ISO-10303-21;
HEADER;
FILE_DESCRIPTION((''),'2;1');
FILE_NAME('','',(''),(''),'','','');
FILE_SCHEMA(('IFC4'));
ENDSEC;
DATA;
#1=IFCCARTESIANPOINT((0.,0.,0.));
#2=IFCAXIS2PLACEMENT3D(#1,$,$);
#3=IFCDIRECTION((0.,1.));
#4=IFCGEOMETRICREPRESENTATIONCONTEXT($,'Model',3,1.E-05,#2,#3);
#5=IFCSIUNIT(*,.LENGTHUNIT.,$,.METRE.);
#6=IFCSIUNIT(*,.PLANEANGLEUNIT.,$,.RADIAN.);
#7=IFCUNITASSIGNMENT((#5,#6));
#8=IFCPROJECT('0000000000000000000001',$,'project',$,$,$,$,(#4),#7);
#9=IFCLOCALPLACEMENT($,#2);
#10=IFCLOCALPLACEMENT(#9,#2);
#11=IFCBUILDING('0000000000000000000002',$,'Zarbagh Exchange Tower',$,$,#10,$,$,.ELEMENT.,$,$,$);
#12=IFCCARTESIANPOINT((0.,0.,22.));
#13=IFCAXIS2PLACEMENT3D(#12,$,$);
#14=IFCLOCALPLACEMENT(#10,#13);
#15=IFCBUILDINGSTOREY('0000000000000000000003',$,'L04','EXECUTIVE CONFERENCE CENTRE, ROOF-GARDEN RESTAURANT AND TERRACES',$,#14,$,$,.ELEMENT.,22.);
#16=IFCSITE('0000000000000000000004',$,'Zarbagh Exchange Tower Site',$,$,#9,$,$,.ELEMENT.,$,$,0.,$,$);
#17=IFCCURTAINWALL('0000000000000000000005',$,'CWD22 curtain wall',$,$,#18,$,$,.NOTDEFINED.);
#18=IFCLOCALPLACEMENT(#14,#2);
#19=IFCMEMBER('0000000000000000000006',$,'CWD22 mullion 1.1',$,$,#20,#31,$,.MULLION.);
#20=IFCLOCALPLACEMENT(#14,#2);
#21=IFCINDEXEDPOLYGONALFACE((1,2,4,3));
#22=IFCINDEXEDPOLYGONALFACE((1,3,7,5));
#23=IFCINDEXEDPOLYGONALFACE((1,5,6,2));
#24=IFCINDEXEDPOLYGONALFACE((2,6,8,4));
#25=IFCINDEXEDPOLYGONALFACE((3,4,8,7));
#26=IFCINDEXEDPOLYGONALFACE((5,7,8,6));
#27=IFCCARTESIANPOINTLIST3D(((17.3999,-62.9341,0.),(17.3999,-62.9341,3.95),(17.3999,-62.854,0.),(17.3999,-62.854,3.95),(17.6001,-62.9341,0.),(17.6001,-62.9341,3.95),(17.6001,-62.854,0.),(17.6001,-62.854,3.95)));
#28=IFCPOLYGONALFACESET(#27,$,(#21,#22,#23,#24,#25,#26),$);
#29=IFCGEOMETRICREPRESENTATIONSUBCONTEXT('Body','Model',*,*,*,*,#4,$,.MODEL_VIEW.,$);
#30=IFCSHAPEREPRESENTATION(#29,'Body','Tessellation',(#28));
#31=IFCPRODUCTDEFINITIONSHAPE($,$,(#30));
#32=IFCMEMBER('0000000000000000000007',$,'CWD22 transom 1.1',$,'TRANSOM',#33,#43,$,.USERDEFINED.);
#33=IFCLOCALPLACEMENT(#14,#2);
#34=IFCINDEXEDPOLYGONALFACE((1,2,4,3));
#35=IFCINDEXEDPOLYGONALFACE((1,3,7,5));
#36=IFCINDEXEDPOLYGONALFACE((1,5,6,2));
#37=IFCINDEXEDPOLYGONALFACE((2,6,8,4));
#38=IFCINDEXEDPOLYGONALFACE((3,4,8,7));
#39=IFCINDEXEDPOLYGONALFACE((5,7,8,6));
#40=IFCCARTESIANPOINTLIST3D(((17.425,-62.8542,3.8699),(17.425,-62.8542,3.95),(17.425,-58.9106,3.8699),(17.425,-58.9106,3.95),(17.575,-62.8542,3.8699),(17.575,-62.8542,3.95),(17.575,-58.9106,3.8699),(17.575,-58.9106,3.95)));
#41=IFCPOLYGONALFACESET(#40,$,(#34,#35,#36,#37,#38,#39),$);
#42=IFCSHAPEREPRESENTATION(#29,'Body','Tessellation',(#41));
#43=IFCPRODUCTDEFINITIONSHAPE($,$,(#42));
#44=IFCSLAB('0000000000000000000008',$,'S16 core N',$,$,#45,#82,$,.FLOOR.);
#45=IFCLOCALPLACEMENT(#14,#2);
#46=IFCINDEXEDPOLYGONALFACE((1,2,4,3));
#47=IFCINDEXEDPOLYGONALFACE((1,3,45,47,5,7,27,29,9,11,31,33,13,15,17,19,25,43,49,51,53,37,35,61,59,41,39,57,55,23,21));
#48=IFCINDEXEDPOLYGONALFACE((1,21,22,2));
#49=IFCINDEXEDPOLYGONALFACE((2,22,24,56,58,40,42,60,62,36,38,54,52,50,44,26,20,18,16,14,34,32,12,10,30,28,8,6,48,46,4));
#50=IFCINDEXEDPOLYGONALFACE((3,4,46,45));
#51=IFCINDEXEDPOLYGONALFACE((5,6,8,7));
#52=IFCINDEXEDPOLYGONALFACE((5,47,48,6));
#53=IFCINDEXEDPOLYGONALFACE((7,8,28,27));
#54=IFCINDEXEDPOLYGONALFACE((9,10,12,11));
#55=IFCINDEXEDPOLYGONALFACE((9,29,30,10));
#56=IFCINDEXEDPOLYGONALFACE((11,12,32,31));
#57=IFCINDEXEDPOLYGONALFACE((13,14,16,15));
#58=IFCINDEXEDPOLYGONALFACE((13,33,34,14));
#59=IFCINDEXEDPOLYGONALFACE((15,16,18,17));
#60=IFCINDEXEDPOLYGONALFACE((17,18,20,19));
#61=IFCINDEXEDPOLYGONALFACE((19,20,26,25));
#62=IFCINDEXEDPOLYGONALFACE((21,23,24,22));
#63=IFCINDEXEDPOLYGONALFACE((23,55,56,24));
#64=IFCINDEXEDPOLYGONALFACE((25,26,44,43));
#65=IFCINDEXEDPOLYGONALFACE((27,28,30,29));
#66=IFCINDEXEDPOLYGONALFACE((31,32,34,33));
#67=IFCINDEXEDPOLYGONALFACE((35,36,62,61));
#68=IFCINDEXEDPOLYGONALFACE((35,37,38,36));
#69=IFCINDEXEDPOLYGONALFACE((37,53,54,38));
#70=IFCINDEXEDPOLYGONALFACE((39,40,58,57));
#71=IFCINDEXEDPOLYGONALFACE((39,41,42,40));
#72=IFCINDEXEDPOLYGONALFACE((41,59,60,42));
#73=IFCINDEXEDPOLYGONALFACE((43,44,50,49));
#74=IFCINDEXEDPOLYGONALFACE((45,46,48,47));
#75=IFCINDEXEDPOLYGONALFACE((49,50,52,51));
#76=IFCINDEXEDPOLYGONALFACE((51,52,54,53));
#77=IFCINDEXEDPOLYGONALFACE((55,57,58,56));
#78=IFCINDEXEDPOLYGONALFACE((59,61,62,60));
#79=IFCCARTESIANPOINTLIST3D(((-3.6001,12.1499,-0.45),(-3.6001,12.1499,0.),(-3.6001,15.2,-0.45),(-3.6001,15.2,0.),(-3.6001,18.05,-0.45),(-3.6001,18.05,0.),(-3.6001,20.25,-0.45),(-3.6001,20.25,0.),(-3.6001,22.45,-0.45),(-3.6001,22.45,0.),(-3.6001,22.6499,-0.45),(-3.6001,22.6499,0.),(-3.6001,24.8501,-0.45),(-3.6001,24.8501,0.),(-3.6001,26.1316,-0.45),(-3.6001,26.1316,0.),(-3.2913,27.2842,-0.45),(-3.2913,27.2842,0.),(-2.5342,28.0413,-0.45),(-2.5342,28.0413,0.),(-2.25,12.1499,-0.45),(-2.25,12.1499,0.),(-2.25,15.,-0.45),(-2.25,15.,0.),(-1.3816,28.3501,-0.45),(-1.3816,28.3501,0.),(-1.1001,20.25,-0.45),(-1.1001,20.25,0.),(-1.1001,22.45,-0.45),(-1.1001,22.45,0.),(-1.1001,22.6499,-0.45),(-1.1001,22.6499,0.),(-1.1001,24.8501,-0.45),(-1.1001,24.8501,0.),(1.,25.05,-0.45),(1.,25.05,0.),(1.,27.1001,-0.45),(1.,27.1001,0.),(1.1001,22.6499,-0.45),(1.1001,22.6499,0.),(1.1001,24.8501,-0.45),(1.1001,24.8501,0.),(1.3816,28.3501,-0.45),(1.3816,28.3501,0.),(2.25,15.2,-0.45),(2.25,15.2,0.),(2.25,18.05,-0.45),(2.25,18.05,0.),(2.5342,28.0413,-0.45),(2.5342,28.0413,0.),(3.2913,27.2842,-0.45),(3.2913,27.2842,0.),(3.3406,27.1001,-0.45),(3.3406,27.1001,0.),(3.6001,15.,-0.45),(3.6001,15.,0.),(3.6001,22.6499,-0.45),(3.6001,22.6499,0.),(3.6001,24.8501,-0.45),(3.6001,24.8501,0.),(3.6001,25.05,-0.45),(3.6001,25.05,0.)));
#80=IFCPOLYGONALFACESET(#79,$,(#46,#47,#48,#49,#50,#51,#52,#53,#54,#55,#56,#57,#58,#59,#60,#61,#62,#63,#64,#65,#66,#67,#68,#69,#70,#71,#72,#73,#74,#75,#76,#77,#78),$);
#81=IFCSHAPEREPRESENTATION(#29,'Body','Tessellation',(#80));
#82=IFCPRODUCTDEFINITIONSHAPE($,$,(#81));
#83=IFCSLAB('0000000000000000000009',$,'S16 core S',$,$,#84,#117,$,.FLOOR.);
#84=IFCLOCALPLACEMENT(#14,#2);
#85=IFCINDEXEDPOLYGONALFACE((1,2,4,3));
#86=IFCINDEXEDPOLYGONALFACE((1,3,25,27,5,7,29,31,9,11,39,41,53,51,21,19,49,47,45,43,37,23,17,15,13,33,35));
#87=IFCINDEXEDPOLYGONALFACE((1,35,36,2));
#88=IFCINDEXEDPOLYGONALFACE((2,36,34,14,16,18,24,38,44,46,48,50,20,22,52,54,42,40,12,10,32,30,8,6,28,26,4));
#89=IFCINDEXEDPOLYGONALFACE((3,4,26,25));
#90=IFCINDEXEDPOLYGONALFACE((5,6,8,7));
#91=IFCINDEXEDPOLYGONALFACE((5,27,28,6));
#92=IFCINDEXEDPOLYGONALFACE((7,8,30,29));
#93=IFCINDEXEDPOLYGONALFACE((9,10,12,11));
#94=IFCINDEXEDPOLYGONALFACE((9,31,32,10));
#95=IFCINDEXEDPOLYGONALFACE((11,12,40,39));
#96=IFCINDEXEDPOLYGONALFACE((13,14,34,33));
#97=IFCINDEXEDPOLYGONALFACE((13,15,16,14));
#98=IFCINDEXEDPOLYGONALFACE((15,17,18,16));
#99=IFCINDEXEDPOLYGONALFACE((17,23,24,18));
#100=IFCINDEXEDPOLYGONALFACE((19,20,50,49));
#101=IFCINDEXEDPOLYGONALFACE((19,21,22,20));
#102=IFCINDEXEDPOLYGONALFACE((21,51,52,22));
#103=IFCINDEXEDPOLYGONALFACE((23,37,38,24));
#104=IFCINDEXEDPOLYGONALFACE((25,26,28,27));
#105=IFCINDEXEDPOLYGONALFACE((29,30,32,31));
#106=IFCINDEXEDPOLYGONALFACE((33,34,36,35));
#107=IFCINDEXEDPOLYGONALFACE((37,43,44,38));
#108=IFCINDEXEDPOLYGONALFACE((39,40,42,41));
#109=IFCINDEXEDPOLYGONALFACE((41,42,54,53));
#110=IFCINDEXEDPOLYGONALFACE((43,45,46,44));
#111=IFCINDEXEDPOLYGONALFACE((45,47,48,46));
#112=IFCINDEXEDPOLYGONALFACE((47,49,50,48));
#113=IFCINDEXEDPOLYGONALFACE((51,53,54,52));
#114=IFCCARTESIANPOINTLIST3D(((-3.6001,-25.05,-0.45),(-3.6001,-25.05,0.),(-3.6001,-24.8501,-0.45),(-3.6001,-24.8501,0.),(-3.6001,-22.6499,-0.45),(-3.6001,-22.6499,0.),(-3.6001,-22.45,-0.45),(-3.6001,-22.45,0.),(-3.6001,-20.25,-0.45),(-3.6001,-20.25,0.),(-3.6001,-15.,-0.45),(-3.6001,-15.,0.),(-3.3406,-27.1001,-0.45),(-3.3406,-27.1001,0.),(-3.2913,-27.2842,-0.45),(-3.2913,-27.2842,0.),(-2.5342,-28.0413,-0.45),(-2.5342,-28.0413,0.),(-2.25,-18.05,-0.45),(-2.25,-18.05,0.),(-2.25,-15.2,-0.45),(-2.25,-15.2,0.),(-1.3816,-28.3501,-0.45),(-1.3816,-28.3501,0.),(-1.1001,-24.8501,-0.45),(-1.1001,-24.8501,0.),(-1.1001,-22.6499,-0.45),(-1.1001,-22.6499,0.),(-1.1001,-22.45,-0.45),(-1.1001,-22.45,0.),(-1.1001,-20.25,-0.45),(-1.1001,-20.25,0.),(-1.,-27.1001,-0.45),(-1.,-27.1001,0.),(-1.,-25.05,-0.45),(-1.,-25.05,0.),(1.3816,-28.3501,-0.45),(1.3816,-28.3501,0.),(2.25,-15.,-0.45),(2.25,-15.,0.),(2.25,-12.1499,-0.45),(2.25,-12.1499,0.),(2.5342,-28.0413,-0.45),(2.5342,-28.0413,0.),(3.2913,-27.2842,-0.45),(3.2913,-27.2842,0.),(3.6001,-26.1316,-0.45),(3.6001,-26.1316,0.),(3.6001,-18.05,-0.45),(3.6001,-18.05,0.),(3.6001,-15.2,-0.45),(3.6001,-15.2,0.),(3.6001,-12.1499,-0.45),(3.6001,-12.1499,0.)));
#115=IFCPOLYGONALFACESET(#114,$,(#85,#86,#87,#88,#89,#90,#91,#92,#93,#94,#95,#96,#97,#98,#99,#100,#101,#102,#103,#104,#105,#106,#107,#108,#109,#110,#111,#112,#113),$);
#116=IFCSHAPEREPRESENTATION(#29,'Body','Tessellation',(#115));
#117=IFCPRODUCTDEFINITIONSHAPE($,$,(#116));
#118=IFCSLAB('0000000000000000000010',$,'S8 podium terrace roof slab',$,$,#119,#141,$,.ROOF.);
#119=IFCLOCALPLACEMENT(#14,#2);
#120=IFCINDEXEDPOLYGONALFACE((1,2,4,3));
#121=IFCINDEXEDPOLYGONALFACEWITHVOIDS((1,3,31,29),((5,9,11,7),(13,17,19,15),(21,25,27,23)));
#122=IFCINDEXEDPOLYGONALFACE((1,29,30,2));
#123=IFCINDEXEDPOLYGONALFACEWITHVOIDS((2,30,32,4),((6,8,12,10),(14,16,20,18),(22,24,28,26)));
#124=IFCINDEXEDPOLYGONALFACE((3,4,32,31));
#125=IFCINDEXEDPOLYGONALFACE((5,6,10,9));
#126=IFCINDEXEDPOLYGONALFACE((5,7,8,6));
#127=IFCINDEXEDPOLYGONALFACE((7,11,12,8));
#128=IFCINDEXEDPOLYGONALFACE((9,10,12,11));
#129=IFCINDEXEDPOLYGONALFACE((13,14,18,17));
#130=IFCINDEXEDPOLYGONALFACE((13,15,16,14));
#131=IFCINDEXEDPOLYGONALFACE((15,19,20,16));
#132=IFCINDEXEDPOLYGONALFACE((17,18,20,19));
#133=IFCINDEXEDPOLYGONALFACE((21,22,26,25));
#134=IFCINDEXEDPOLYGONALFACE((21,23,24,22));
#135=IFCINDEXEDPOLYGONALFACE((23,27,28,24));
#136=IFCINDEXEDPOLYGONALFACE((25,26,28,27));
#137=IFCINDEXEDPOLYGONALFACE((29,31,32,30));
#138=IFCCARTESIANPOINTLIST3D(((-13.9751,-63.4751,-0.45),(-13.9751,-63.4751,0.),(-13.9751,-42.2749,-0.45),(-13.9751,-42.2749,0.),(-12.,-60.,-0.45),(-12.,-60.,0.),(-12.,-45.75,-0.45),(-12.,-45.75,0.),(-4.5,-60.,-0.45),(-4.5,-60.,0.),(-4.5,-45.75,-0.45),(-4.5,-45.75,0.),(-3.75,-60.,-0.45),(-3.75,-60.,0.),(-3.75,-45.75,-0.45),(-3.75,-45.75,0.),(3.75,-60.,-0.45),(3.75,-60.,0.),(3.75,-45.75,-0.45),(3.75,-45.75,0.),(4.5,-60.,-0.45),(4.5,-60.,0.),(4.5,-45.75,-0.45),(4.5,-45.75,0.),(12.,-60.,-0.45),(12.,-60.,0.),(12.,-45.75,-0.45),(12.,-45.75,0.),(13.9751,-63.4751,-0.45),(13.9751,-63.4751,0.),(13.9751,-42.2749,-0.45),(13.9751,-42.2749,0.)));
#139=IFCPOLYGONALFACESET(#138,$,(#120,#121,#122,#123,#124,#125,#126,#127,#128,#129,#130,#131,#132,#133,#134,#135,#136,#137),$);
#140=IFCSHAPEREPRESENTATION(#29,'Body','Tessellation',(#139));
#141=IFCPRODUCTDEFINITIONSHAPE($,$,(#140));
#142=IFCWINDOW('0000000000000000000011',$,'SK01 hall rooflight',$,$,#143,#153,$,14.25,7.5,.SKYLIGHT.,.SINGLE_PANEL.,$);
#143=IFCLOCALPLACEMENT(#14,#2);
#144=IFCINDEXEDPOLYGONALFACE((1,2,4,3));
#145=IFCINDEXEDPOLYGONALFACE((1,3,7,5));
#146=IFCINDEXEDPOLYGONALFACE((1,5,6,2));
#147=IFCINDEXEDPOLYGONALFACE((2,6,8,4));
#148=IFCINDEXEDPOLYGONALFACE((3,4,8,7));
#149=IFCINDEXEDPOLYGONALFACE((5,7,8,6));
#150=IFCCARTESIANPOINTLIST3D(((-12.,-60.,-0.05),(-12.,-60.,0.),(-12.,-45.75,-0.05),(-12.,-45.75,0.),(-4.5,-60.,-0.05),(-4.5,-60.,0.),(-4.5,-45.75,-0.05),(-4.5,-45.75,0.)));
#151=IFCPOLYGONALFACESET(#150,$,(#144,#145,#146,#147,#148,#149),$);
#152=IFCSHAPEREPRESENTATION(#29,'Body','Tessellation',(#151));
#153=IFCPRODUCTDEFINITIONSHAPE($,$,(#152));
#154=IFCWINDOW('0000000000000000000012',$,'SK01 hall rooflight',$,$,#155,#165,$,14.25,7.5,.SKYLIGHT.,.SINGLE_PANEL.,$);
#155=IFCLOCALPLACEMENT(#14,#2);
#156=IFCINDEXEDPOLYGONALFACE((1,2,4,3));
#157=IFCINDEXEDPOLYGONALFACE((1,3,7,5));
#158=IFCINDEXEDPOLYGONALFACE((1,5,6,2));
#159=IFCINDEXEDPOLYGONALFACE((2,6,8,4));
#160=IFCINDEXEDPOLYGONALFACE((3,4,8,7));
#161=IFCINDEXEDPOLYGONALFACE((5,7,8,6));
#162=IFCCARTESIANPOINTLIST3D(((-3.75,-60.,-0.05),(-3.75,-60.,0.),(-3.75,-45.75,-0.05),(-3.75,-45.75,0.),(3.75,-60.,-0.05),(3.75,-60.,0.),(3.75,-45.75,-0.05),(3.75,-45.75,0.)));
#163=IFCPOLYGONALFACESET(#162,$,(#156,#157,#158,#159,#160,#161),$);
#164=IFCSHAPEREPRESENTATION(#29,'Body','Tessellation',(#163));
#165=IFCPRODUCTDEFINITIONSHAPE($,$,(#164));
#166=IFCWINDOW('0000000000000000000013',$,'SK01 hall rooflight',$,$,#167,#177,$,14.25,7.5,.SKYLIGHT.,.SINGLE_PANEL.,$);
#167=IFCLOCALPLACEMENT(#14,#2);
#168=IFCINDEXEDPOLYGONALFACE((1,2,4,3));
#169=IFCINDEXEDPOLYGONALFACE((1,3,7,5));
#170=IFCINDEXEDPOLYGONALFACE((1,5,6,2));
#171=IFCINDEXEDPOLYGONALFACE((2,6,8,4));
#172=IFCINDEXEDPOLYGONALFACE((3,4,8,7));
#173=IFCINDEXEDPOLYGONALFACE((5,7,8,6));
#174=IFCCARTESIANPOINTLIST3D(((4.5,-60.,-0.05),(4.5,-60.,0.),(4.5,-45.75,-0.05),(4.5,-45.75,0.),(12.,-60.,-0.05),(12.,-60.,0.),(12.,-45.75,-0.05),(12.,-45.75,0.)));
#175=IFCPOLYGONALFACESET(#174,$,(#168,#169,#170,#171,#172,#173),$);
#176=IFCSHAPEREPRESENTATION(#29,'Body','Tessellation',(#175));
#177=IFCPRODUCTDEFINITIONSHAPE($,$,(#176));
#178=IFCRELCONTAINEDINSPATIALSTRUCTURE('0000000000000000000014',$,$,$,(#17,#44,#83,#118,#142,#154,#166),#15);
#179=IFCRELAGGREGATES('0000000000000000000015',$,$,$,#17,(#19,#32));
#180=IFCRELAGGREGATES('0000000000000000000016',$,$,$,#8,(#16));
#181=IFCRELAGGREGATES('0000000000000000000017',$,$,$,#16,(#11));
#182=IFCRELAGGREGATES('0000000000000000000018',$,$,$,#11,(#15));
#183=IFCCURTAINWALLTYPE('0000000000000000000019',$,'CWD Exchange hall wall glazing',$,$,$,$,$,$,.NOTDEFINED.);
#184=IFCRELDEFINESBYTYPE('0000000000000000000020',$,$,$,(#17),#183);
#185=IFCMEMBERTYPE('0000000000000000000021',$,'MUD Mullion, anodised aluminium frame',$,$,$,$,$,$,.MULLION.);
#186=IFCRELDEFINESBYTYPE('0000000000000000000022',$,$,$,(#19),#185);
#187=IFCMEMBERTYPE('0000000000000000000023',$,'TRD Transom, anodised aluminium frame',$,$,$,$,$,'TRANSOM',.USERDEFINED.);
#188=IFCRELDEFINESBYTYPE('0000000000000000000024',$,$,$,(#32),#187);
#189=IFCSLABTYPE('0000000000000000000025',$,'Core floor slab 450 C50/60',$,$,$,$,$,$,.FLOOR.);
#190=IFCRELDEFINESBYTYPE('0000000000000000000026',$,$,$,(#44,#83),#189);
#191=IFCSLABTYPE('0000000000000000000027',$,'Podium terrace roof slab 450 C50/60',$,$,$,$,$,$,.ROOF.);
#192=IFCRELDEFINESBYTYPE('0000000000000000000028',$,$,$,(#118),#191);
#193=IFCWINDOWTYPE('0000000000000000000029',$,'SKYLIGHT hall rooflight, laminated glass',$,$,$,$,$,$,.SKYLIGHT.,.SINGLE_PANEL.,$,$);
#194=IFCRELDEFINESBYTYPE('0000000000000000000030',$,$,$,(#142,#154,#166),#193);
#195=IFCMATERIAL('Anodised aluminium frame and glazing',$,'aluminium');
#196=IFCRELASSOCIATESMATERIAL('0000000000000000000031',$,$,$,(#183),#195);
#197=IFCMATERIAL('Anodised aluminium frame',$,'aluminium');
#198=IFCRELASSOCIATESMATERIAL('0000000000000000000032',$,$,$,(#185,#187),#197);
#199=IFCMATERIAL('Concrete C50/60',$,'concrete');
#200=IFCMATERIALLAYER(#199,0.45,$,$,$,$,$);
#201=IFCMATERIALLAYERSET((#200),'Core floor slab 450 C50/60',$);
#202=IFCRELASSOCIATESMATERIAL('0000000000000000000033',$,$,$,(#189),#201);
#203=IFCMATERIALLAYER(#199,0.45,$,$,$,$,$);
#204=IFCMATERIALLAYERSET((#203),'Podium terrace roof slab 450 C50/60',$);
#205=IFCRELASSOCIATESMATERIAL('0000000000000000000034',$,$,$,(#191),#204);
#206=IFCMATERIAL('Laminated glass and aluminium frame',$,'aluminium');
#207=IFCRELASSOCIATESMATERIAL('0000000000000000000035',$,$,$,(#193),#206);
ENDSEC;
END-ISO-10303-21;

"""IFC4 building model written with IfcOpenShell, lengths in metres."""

from ifc_helpers import new_model, si_unit, direction, frame, origin, origin_2d, place, context, subcontext, project, spatial, polyline, rectangle, outline, extrude, source, transform, mapped, material, layer, layer_set, type_object, element, fill, aggregate, save


model = new_model("IFC4")

# Units and contexts
model_context = context("Model", 3, precision=1e-05, world=origin(), true_north=direction((0.0, 1.0)))
body_context = subcontext(model_context, "Body", "Model", "MODEL_VIEW")
ifc_project = project(units=[si_unit("LENGTHUNIT", "METRE"), si_unit("PLANEANGLEUNIT", "RADIAN")], contexts=[model_context])

# Site, building, storey
site_placement = place(None, origin())
site = spatial("IfcSite", under=ifc_project, at=site_placement, Name="Zarbagh Exchange Tower Site", CompositionType="ELEMENT", RefElevation=0.0)
building_placement = place(site_placement, origin())
building = spatial("IfcBuilding", under=site, at=building_placement, Name="Zarbagh Exchange Tower", CompositionType="ELEMENT")
storey_placement = place(building_placement, frame((0.0, 0.0, 22.0)))
storey = spatial("IfcBuildingStorey", under=building, at=storey_placement, Name="L04", Description="EXECUTIVE CONFERENCE CENTRE, ROOF-GARDEN RESTAURANT AND TERRACES", CompositionType="ELEMENT", Elevation=22.0)

# Curtain wall, members
ifc_material_1 = material(Name="Anodised aluminium frame and glazing", Category="aluminium")
curtain_wall_type = type_object("IfcCurtainWallType", Name="CWD Exchange hall wall glazing", PredefinedType="NOTDEFINED", material=ifc_material_1)
curtain_wall_placement = place(storey_placement, origin())
curtain_wall = element("IfcCurtainWall", 1, at=curtain_wall_placement, inside=storey, type_object=curtain_wall_type, Name="CWD22 curtain wall", PredefinedType="NOTDEFINED")
ifc_material_2 = material(Name="Anodised aluminium frame", Category="aluminium")
member_type_1 = type_object("IfcMemberType", Name="MUD Mullion, anodised aluminium frame", PredefinedType="MULLION", material=ifc_material_2)
shared_shape_1 = source(origin(), body_context, "Body", "SweptSolid", [
    extrude(outline(polyline([(0.0, -0.1001), (0.0801, -0.1001), (0.0801, 0.1001), (0.0, 0.1001), (0.0, -0.1001)])), origin(), (0.0, 0.0, 1.0), 3.95),
])
placement = place(storey_placement, origin())
member_1 = element("IfcMember", 2, at=placement, type_object=member_type_1, Name="CWD22 mullion 1.1", PredefinedType="MULLION", context=body_context, shape_type="MappedRepresentation", body=[
    mapped(shared_shape_1, transform((17.5, -62.9341, 0.0), x_axis=(0.0, 1.0, 0.0), y_axis=(-1.0, 0.0, 0.0), z_axis=(0.0, 0.0, 1.0))),
])
member_type_2 = type_object("IfcMemberType", Name="TRD Transom, anodised aluminium frame", ElementType="TRANSOM", PredefinedType="USERDEFINED", material=ifc_material_2)
shared_shape_2 = source(origin(), body_context, "Body", "SweptSolid", [
    extrude(outline(polyline([(-0.0801, -0.075), (0.0, -0.075), (0.0, 0.075), (-0.0801, 0.075), (-0.0801, -0.075)])), origin(), (0.0, 0.0, 1.0), 3.9436),
])
member_2 = element("IfcMember", 3, at=placement, type_object=member_type_2, Name="CWD22 transom 1.1", ObjectType="TRANSOM", PredefinedType="USERDEFINED", context=body_context, shape_type="MappedRepresentation", body=[
    mapped(shared_shape_2, transform((17.5, -62.8542, 3.95), x_axis=(0.0, 0.0, 1.0), y_axis=(1.0, 0.0, 0.0), z_axis=(0.0, 1.0, 0.0))),
])
aggregate(curtain_wall, [member_1, member_2])

# Slabs
ifc_material_3 = material(Name="Concrete C50/60", Category="concrete")
ifc_layer_1 = layer(ifc_material_3, 0.45)
ifc_layer_set_1 = layer_set([ifc_layer_1], Name="Core floor slab 450 C50/60")
slab_type_1 = type_object("IfcSlabType", Name="Core floor slab 450 C50/60", PredefinedType="FLOOR", material=ifc_layer_set_1)
slab_1_placement = place(storey_placement, frame((0.0, 0.0, -0.45)))
element("IfcSlab", 4, at=slab_1_placement, inside=storey, type_object=slab_type_1, Name="S16 core N", PredefinedType="FLOOR", context=body_context, shape_type="SweptSolid", body=[
    extrude(outline(polyline([(-3.6001, 12.1499), (-3.6001, 15.2), (2.25, 15.2), (2.25, 18.05), (-3.6001, 18.05), (-3.6001, 20.25), (-1.1001, 20.25), (-1.1001, 22.45), (-3.6001, 22.45), (-3.6001, 22.6499), (-1.1001, 22.6499), (-1.1001, 24.8501), (-3.6001, 24.8501), (-3.6001, 26.1316), (-3.2913, 27.2842), (-2.5342, 28.0413), (-1.3816, 28.3501), (1.3816, 28.3501), (2.5342, 28.0413), (3.2913, 27.2842), (3.3406, 27.1001), (1.0, 27.1001), (1.0, 25.05), (3.6001, 25.05), (3.6001, 24.8501), (1.1001, 24.8501), (1.1001, 22.6499), (3.6001, 22.6499), (3.6001, 15.0), (-2.25, 15.0), (-2.25, 12.1499), (-3.6001, 12.1499)])), origin(), (0.0, 0.0, 1.0), 0.45),
])
slab_2_placement = place(storey_placement, frame((0.0, 0.0, -0.45)))
element("IfcSlab", 5, at=slab_2_placement, inside=storey, type_object=slab_type_1, Name="S16 core S", PredefinedType="FLOOR", context=body_context, shape_type="SweptSolid", body=[
    extrude(outline(polyline([(-2.5342, -28.0413), (-3.2913, -27.2842), (-3.3406, -27.1001), (-1.0, -27.1001), (-1.0, -25.05), (-3.6001, -25.05), (-3.6001, -24.8501), (-1.1001, -24.8501), (-1.1001, -22.6499), (-3.6001, -22.6499), (-3.6001, -22.45), (-1.1001, -22.45), (-1.1001, -20.25), (-3.6001, -20.25), (-3.6001, -15.0), (2.25, -15.0), (2.25, -12.1499), (3.6001, -12.1499), (3.6001, -15.2), (-2.25, -15.2), (-2.25, -18.05), (3.6001, -18.05), (3.6001, -26.1316), (3.2913, -27.2842), (2.5342, -28.0413), (1.3816, -28.3501), (-1.3816, -28.3501), (-2.5342, -28.0413)])), origin(), (0.0, 0.0, 1.0), 0.45),
])

# Slab, openings, windows
ifc_layer_2 = layer(ifc_material_3, 0.45)
ifc_layer_set_2 = layer_set([ifc_layer_2], Name="Podium terrace roof slab 450 C50/60")
slab_type_2 = type_object("IfcSlabType", Name="Podium terrace roof slab 450 C50/60", PredefinedType="ROOF", material=ifc_layer_set_2)
slab_3_placement = place(storey_placement, frame((0.0, 0.0, -0.45)))
slab_3 = element("IfcSlab", 6, at=slab_3_placement, inside=storey, type_object=slab_type_2, Name="S8 podium terrace roof slab", PredefinedType="ROOF", context=body_context, shape_type="SweptSolid", body=[
    extrude(outline(polyline([(13.9751, -63.4751), (-13.9751, -63.4751), (-13.9751, -42.2749), (13.9751, -42.2749), (13.9751, -63.4751)])), origin(), (0.0, 0.0, 1.0), 0.45),
])
opening_1_placement = place(slab_3_placement, frame((-8.25, -52.875, 0.0)))
opening_1 = element("IfcOpeningElement", 7, at=opening_1_placement, cuts=slab_3, PredefinedType="OPENING", context=body_context, shape_type="SweptSolid", body=[
    extrude(rectangle(XDim=7.5, YDim=14.25, at=origin_2d()), frame((0.0, 0.0, -0.01)), (0.0, 0.0, 1.0), 0.47),
])
opening_2_placement = place(slab_3_placement, frame((0.0, -52.875, 0.0)))
opening_2 = element("IfcOpeningElement", 8, at=opening_2_placement, cuts=slab_3, PredefinedType="OPENING", context=body_context, shape_type="SweptSolid", body=[
    extrude(rectangle(XDim=7.5, YDim=14.25, at=origin_2d()), frame((0.0, 0.0, -0.01)), (0.0, 0.0, 1.0), 0.47),
])
opening_3_placement = place(slab_3_placement, frame((8.25, -52.875, 0.0)))
opening_3 = element("IfcOpeningElement", 9, at=opening_3_placement, cuts=slab_3, PredefinedType="OPENING", context=body_context, shape_type="SweptSolid", body=[
    extrude(rectangle(XDim=7.5, YDim=14.25, at=origin_2d()), frame((0.0, 0.0, -0.01)), (0.0, 0.0, 1.0), 0.47),
])
ifc_material_4 = material(Name="Laminated glass and aluminium frame", Category="aluminium")
window_type = type_object("IfcWindowType", Name="SKYLIGHT hall rooflight, laminated glass", PartitioningType="SINGLE_PANEL", PredefinedType="SKYLIGHT", material=ifc_material_4)
window_1_placement = place(opening_1_placement, frame((0.0, 0.0, 0.3999)))
window_1 = element("IfcWindow", 10, at=window_1_placement, inside=storey, type_object=window_type, Name="SK01 hall rooflight", OverallHeight=14.25, OverallWidth=7.5, PartitioningType="SINGLE_PANEL", PredefinedType="SKYLIGHT", context=body_context, shape_type="SweptSolid", body=[
    extrude(rectangle(XDim=7.5, YDim=14.25, at=origin_2d()), origin(), (0.0, 0.0, 1.0), 0.05),
])
fill(opening_1, window_1)
window_2_placement = place(opening_2_placement, frame((0.0, 0.0, 0.3999)))
window_2 = element("IfcWindow", 11, at=window_2_placement, inside=storey, type_object=window_type, Name="SK01 hall rooflight", OverallHeight=14.25, OverallWidth=7.5, PartitioningType="SINGLE_PANEL", PredefinedType="SKYLIGHT", context=body_context, shape_type="SweptSolid", body=[
    extrude(rectangle(XDim=7.5, YDim=14.25, at=origin_2d()), origin(), (0.0, 0.0, 1.0), 0.05),
])
fill(opening_2, window_2)
window_3_placement = place(opening_3_placement, frame((0.0, 0.0, 0.3999)))
window_3 = element("IfcWindow", 12, at=window_3_placement, inside=storey, type_object=window_type, Name="SK01 hall rooflight", OverallHeight=14.25, OverallWidth=7.5, PartitioningType="SINGLE_PANEL", PredefinedType="SKYLIGHT", context=body_context, shape_type="SweptSolid", body=[
    extrude(rectangle(XDim=7.5, YDim=14.25, at=origin_2d()), origin(), (0.0, 0.0, 1.0), 0.05),
])
fill(opening_3, window_3)

save(model, "model.ifc")
